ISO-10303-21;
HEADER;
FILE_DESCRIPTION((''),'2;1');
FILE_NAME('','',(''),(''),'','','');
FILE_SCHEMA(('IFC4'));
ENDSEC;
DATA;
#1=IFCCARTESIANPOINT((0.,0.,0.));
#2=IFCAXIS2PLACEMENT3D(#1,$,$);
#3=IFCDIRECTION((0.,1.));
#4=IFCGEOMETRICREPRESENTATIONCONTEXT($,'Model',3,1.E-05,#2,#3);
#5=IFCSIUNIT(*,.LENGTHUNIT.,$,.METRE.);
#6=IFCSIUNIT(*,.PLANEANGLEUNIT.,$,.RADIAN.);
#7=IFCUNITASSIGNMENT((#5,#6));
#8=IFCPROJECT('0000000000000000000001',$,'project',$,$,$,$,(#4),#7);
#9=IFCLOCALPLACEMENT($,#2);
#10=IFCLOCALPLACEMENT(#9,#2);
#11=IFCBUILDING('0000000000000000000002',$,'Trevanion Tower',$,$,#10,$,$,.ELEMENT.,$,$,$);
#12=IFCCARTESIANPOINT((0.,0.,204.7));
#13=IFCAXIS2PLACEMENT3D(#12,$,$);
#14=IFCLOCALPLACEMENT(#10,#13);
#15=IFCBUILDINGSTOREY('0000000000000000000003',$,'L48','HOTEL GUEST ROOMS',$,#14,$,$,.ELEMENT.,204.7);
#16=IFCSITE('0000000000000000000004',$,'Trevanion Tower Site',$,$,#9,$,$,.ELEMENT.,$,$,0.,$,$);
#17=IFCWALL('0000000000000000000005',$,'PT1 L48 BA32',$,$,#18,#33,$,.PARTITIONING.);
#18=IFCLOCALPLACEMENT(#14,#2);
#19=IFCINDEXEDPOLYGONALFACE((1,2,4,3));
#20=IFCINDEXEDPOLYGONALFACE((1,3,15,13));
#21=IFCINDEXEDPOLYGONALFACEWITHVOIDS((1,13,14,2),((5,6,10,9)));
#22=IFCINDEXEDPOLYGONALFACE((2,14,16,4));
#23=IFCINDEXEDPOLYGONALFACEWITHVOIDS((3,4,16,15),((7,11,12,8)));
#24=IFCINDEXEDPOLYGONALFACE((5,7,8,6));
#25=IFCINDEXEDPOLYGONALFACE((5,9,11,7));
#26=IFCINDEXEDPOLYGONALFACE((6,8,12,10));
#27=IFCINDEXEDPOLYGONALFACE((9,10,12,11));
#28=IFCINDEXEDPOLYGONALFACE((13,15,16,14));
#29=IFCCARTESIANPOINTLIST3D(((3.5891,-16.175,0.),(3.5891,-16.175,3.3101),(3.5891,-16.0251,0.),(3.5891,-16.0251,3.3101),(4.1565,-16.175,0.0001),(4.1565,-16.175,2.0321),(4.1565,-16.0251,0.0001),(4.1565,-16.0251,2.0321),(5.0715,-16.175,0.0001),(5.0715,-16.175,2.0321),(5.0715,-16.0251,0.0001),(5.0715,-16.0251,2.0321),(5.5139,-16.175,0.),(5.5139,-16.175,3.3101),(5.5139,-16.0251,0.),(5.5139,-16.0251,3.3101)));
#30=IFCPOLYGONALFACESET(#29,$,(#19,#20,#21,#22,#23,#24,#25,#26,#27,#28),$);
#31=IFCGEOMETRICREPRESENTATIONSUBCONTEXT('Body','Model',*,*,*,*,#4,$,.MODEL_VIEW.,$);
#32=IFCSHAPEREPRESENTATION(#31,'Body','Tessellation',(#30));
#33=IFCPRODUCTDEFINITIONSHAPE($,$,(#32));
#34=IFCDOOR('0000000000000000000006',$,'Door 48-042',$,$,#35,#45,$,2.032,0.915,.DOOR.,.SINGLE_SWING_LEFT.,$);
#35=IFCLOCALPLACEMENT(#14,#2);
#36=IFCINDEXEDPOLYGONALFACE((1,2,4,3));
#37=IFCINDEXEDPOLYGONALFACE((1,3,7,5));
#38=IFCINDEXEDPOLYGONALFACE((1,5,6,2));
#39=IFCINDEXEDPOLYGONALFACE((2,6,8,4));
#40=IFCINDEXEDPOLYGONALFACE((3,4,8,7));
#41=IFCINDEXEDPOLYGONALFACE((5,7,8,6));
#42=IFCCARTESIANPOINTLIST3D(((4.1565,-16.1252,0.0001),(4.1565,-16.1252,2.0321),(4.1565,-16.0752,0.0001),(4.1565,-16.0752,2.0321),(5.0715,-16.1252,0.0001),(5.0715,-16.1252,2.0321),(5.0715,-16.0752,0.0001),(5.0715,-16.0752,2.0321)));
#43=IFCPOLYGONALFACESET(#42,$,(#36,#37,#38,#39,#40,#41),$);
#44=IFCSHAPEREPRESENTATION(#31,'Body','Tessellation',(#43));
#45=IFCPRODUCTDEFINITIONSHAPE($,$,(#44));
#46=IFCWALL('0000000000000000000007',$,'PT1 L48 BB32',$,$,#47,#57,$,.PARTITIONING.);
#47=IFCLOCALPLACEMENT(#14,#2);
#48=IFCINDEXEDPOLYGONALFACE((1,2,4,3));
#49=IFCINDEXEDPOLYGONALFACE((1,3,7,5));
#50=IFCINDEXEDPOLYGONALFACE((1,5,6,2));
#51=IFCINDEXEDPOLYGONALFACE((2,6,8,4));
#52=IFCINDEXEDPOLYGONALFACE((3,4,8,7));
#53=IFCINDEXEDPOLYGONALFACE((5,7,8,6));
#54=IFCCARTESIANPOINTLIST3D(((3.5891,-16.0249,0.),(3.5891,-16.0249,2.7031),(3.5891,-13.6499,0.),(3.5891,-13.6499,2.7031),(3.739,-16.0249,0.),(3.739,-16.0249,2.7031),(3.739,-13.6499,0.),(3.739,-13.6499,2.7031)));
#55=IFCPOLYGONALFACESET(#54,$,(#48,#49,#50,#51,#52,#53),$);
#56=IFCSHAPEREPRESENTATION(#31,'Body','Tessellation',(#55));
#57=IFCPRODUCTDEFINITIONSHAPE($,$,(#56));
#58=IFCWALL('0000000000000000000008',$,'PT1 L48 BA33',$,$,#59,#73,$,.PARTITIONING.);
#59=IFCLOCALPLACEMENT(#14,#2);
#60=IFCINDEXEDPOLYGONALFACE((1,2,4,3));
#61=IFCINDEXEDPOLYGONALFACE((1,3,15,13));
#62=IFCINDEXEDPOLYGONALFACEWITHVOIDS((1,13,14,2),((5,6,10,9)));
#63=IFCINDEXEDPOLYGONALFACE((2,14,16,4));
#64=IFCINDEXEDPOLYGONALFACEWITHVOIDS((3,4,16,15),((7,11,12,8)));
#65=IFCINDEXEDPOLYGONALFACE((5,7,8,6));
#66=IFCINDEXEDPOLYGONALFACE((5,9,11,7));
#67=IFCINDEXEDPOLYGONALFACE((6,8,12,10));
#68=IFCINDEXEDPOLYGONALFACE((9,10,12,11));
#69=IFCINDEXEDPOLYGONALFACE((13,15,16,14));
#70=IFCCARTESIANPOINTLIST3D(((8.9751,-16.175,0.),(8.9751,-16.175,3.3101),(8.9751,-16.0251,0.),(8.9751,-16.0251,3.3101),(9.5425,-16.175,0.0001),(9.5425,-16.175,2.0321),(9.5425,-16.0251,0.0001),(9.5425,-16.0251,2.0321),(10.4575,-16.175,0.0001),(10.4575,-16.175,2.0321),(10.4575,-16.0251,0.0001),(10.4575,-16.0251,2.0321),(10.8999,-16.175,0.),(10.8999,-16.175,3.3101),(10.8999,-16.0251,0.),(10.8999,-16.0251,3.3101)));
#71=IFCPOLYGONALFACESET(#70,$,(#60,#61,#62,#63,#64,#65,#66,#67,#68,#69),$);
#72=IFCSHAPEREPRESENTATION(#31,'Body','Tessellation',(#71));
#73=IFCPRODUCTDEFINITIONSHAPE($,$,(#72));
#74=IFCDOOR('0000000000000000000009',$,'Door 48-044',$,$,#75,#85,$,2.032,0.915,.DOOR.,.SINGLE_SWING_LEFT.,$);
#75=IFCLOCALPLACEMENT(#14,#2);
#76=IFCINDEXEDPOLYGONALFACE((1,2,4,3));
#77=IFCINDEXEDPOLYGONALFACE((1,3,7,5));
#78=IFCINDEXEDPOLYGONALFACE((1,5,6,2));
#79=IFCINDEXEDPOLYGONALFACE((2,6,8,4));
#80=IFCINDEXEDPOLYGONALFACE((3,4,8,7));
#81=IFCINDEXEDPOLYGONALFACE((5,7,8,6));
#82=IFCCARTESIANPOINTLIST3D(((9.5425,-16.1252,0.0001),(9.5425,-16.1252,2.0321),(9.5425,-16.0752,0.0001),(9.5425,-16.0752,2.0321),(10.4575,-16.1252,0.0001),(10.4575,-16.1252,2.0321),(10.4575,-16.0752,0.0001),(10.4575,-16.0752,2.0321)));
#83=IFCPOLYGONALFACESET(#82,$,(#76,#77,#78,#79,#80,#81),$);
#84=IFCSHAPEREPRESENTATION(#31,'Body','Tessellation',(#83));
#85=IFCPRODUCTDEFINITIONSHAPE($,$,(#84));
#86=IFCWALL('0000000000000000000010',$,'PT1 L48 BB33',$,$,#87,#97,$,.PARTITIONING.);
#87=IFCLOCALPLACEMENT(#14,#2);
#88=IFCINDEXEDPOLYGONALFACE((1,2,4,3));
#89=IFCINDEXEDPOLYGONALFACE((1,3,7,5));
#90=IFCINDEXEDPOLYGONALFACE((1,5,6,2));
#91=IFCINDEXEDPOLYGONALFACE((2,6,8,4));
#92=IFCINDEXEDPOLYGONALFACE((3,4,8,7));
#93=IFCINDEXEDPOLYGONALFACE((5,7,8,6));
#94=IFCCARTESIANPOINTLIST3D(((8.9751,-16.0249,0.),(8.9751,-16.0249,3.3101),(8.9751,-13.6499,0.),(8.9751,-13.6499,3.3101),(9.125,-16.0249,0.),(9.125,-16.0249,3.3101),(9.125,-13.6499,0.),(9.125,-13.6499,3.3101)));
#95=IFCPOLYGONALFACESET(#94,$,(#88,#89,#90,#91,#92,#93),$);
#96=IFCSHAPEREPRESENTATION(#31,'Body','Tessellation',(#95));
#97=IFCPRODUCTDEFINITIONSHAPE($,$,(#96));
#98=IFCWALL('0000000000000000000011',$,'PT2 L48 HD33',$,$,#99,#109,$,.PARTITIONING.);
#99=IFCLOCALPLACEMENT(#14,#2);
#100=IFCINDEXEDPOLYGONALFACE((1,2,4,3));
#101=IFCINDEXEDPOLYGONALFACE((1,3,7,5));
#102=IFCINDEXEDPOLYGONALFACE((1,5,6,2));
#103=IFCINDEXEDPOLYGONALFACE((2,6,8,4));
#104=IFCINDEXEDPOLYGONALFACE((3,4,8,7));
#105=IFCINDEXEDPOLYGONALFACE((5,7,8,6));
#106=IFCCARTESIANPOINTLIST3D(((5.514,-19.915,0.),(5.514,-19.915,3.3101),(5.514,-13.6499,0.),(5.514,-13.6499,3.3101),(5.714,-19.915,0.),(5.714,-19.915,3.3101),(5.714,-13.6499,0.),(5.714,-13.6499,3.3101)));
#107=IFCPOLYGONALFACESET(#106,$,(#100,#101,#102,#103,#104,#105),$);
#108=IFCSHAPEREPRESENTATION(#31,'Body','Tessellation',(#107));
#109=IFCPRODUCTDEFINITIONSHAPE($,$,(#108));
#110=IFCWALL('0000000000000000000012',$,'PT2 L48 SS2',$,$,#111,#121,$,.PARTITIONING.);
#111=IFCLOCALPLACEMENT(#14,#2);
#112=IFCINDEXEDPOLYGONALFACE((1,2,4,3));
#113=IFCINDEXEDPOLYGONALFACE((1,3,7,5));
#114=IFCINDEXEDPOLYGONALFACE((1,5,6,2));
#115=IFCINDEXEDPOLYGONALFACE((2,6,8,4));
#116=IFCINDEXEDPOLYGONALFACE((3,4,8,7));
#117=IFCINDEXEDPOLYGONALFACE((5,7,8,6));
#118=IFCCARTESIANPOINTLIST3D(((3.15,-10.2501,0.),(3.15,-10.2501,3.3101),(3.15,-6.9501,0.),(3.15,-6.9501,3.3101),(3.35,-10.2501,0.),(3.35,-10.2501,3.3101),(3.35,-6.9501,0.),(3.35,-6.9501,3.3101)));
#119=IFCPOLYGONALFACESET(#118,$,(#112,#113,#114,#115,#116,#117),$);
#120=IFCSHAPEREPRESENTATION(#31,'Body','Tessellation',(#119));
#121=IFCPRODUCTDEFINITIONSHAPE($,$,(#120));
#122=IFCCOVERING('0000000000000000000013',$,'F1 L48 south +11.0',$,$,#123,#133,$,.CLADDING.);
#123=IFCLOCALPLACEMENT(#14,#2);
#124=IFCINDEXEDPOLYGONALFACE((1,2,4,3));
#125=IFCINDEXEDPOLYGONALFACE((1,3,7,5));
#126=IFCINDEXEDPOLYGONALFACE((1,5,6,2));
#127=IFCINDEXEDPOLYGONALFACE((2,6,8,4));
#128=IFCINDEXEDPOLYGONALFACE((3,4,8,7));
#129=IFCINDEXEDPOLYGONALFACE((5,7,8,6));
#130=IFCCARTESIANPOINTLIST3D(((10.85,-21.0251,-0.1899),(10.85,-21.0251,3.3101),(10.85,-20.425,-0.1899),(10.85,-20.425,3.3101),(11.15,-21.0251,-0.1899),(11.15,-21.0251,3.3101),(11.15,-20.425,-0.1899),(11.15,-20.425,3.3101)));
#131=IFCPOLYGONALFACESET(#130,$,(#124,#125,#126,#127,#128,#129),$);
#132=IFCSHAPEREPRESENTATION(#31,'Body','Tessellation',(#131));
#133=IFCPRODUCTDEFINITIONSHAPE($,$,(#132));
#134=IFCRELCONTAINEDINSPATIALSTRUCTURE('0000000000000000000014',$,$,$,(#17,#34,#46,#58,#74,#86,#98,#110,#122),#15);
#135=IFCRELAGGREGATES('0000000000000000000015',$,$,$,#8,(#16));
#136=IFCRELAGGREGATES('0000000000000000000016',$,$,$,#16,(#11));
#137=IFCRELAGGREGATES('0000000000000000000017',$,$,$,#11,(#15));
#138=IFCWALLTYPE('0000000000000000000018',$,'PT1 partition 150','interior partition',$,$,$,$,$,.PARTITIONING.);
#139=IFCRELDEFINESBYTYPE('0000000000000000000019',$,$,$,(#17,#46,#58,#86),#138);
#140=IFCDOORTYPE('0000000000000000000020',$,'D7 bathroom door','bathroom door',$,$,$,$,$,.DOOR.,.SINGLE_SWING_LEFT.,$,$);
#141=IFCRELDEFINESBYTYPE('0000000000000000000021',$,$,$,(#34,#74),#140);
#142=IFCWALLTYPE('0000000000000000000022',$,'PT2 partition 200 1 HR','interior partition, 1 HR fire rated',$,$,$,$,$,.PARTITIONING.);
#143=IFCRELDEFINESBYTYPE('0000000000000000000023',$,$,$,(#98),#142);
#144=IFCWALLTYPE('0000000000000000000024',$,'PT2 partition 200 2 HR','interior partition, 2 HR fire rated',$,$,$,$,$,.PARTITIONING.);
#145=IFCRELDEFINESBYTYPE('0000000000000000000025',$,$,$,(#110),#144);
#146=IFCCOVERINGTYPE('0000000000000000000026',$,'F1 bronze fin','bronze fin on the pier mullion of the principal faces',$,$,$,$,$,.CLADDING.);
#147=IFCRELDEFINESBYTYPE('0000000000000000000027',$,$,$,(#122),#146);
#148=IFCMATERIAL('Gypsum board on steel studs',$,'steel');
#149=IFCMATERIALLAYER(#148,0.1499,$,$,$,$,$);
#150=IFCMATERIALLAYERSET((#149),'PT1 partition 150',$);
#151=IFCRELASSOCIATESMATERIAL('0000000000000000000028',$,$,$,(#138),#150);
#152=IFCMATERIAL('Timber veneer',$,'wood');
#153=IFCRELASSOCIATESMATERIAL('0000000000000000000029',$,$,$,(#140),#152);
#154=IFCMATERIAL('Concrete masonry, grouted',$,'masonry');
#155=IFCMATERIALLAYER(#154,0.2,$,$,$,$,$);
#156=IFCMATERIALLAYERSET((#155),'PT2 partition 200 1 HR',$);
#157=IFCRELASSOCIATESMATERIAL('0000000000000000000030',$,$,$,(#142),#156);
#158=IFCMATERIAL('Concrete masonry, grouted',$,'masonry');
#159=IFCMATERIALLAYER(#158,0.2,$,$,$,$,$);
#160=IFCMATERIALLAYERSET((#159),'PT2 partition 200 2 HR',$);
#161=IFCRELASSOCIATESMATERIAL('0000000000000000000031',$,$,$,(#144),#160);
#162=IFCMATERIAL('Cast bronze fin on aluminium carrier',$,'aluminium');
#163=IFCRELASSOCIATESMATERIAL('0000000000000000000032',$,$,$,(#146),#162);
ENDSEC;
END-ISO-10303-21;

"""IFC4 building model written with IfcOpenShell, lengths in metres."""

from ifc_helpers import new_model, si_unit, direction, frame, frame_2d, origin, origin_2d, place, context, subcontext, project, spatial, rectangle, extrude, material, layer, layer_set, type_object, element, fill, save


model = new_model("IFC4")

# Units and contexts
model_context = context("Model", 3, precision=1e-05, world=origin(), true_north=direction((0.0, 1.0)))
body_context = subcontext(model_context, "Body", "Model", "MODEL_VIEW")
ifc_project = project(units=[si_unit("LENGTHUNIT", "METRE"), si_unit("PLANEANGLEUNIT", "RADIAN")], contexts=[model_context])

# Site, building, storey
site_placement = place(None, origin())
site = spatial("IfcSite", under=ifc_project, at=site_placement, Name="Trevanion Tower Site", CompositionType="ELEMENT", RefElevation=0.0)
building_placement = place(site_placement, origin())
building = spatial("IfcBuilding", under=site, at=building_placement, Name="Trevanion Tower", CompositionType="ELEMENT")
storey_placement = place(building_placement, frame((0.0, 0.0, 204.7)))
storey = spatial("IfcBuildingStorey", under=building, at=storey_placement, Name="L48", Description="HOTEL GUEST ROOMS", CompositionType="ELEMENT", Elevation=204.7)

# Wall, opening, door
ifc_material_1 = material(Name="Gypsum board on steel studs", Category="steel")
ifc_layer_1 = layer(ifc_material_1, 0.1499)
ifc_layer_set_1 = layer_set([ifc_layer_1], Name="PT1 partition 150")
wall_type_1 = type_object("IfcWallType", Name="PT1 partition 150", Description="interior partition", PredefinedType="PARTITIONING", material=ifc_layer_set_1)
wall_1_placement = place(storey_placement, frame((3.5891, -16.1001, 0.0), z_axis=(0.0, 0.0, 1.0), x_axis=(1.0, 0.0, 0.0)))
wall_1 = element("IfcWall", 1, at=wall_1_placement, inside=storey, type_object=wall_type_1, Name="PT1 L48 BA32", PredefinedType="PARTITIONING", context=body_context, shape_type="SweptSolid", body=[
    extrude(rectangle(XDim=1.9248, YDim=0.1499, at=frame_2d((0.9624, 0.0))), origin(), (0.0, 0.0, 1.0), 3.3101),
])
opening_1_placement = place(wall_1_placement, frame((0.5674, 0.0, 0.0)))
opening_1 = element("IfcOpeningElement", 2, at=opening_1_placement, cuts=wall_1, PredefinedType="OPENING", context=body_context, shape_type="SweptSolid", body=[
    extrude(rectangle(XDim=0.915, YDim=2.032, at=frame_2d((0.4575, 1.0161))), frame((0.0, 0.085, 0.0), z_axis=(0.0, -1.0, 0.0), x_axis=(1.0, 0.0, 0.0)), (0.0, 0.0, 1.0), 0.1699),
])
ifc_material_2 = material(Name="Timber veneer", Category="wood")
door_type = type_object("IfcDoorType", Name="D7 bathroom door", Description="bathroom door", OperationType="SINGLE_SWING_LEFT", PredefinedType="DOOR", material=ifc_material_2)
door_1_placement = place(opening_1_placement, origin())
door_1 = element("IfcDoor", 3, at=door_1_placement, inside=storey, type_object=door_type, Name="Door 48-042", OperationType="SINGLE_SWING_LEFT", OverallHeight=2.032, OverallWidth=0.915, PredefinedType="DOOR", context=body_context, shape_type="SweptSolid", body=[
    extrude(rectangle(XDim=0.915, YDim=2.032, at=frame_2d((0.4575, 1.0161))), frame((0.0, 0.0249, 0.0), z_axis=(0.0, -1.0, 0.0), x_axis=(1.0, 0.0, 0.0)), (0.0, 0.0, 1.0), 0.05),
])
fill(opening_1, door_1)

# Wall
wall_2_placement = place(storey_placement, frame((3.6641, -13.6499, 0.0), z_axis=(0.0, 0.0, 1.0), x_axis=(0.0, -1.0, 0.0)))
element("IfcWall", 4, at=wall_2_placement, inside=storey, type_object=wall_type_1, Name="PT1 L48 BB32", PredefinedType="PARTITIONING", context=body_context, shape_type="SweptSolid", body=[
    extrude(rectangle(XDim=2.375, YDim=0.1499, at=frame_2d((1.1875, 0.0))), origin(), (0.0, 0.0, 1.0), 2.7031),
])

# Wall, opening, door
wall_3_placement = place(storey_placement, frame((8.9751, -16.1001, 0.0), z_axis=(0.0, 0.0, 1.0), x_axis=(1.0, 0.0, 0.0)))
wall_3 = element("IfcWall", 5, at=wall_3_placement, inside=storey, type_object=wall_type_1, Name="PT1 L48 BA33", PredefinedType="PARTITIONING", context=body_context, shape_type="SweptSolid", body=[
    extrude(rectangle(XDim=1.9248, YDim=0.1499, at=frame_2d((0.9624, 0.0))), origin(), (0.0, 0.0, 1.0), 3.3101),
])
opening_2_placement = place(wall_3_placement, frame((0.5674, 0.0, 0.0)))
opening_2 = element("IfcOpeningElement", 6, at=opening_2_placement, cuts=wall_3, PredefinedType="OPENING", context=body_context, shape_type="SweptSolid", body=[
    extrude(rectangle(XDim=0.915, YDim=2.032, at=frame_2d((0.4575, 1.0161))), frame((0.0, 0.085, 0.0), z_axis=(0.0, -1.0, 0.0), x_axis=(1.0, 0.0, 0.0)), (0.0, 0.0, 1.0), 0.1699),
])
door_2_placement = place(opening_2_placement, origin())
door_2 = element("IfcDoor", 7, at=door_2_placement, inside=storey, type_object=door_type, Name="Door 48-044", OperationType="SINGLE_SWING_LEFT", OverallHeight=2.032, OverallWidth=0.915, PredefinedType="DOOR", context=body_context, shape_type="SweptSolid", body=[
    extrude(rectangle(XDim=0.915, YDim=2.032, at=frame_2d((0.4575, 1.0161))), frame((0.0, 0.0249, 0.0), z_axis=(0.0, -1.0, 0.0), x_axis=(1.0, 0.0, 0.0)), (0.0, 0.0, 1.0), 0.05),
])
fill(opening_2, door_2)

# Walls
wall_4_placement = place(storey_placement, frame((9.05, -13.6499, 0.0), z_axis=(0.0, 0.0, 1.0), x_axis=(0.0, -1.0, 0.0)))
element("IfcWall", 8, at=wall_4_placement, inside=storey, type_object=wall_type_1, Name="PT1 L48 BB33", PredefinedType="PARTITIONING", context=body_context, shape_type="SweptSolid", body=[
    extrude(rectangle(XDim=2.375, YDim=0.1499, at=frame_2d((1.1875, 0.0))), origin(), (0.0, 0.0, 1.0), 3.3101),
])
ifc_material_3 = material(Name="Concrete masonry, grouted", Category="masonry")
ifc_layer_2 = layer(ifc_material_3, 0.2)
ifc_layer_set_2 = layer_set([ifc_layer_2], Name="PT2 partition 200 1 HR")
wall_type_2 = type_object("IfcWallType", Name="PT2 partition 200 1 HR", Description="interior partition, 1 HR fire rated", PredefinedType="PARTITIONING", material=ifc_layer_set_2)
wall_5_placement = place(storey_placement, frame((5.614, -13.6499, 0.0), z_axis=(0.0, 0.0, 1.0), x_axis=(0.0, -1.0, 0.0)))
element("IfcWall", 9, at=wall_5_placement, inside=storey, type_object=wall_type_2, Name="PT2 L48 HD33", PredefinedType="PARTITIONING", context=body_context, shape_type="SweptSolid", body=[
    extrude(rectangle(XDim=6.2651, YDim=0.2, at=frame_2d((3.1326, 0.0))), origin(), (0.0, 0.0, 1.0), 3.3101),
])
ifc_material_4 = material(Name="Concrete masonry, grouted", Category="masonry")
ifc_layer_3 = layer(ifc_material_4, 0.2)
ifc_layer_set_3 = layer_set([ifc_layer_3], Name="PT2 partition 200 2 HR")
wall_type_3 = type_object("IfcWallType", Name="PT2 partition 200 2 HR", Description="interior partition, 2 HR fire rated", PredefinedType="PARTITIONING", material=ifc_layer_set_3)
wall_6_placement = place(storey_placement, frame((3.25, -10.25, 0.0), z_axis=(0.0, 0.0, 1.0), x_axis=(0.0, 1.0, 0.0)))
element("IfcWall", 10, at=wall_6_placement, inside=storey, type_object=wall_type_3, Name="PT2 L48 SS2", PredefinedType="PARTITIONING", context=body_context, shape_type="SweptSolid", body=[
    extrude(rectangle(XDim=3.3, YDim=0.2, at=frame_2d((1.6499, 0.0))), origin(), (0.0, 0.0, 1.0), 3.3101),
])

# Covering
ifc_material_5 = material(Name="Cast bronze fin on aluminium carrier", Category="aluminium")
covering_type = type_object("IfcCoveringType", Name="F1 bronze fin", Description="bronze fin on the pier mullion of the principal faces", PredefinedType="CLADDING", material=ifc_material_5)
covering_placement = place(storey_placement, frame((11.0, -20.7251, -0.1899), z_axis=(0.0, 0.0, 1.0), x_axis=(1.0, 0.0, 0.0)))
element("IfcCovering", 11, at=covering_placement, inside=storey, type_object=covering_type, Name="F1 L48 south +11.0", PredefinedType="CLADDING", context=body_context, shape_type="SweptSolid", body=[
    extrude(rectangle(XDim=0.3, YDim=0.6001, at=origin_2d()), origin(), (0.0, 0.0, 1.0), 3.5),
])

save(model, "model.ifc")
